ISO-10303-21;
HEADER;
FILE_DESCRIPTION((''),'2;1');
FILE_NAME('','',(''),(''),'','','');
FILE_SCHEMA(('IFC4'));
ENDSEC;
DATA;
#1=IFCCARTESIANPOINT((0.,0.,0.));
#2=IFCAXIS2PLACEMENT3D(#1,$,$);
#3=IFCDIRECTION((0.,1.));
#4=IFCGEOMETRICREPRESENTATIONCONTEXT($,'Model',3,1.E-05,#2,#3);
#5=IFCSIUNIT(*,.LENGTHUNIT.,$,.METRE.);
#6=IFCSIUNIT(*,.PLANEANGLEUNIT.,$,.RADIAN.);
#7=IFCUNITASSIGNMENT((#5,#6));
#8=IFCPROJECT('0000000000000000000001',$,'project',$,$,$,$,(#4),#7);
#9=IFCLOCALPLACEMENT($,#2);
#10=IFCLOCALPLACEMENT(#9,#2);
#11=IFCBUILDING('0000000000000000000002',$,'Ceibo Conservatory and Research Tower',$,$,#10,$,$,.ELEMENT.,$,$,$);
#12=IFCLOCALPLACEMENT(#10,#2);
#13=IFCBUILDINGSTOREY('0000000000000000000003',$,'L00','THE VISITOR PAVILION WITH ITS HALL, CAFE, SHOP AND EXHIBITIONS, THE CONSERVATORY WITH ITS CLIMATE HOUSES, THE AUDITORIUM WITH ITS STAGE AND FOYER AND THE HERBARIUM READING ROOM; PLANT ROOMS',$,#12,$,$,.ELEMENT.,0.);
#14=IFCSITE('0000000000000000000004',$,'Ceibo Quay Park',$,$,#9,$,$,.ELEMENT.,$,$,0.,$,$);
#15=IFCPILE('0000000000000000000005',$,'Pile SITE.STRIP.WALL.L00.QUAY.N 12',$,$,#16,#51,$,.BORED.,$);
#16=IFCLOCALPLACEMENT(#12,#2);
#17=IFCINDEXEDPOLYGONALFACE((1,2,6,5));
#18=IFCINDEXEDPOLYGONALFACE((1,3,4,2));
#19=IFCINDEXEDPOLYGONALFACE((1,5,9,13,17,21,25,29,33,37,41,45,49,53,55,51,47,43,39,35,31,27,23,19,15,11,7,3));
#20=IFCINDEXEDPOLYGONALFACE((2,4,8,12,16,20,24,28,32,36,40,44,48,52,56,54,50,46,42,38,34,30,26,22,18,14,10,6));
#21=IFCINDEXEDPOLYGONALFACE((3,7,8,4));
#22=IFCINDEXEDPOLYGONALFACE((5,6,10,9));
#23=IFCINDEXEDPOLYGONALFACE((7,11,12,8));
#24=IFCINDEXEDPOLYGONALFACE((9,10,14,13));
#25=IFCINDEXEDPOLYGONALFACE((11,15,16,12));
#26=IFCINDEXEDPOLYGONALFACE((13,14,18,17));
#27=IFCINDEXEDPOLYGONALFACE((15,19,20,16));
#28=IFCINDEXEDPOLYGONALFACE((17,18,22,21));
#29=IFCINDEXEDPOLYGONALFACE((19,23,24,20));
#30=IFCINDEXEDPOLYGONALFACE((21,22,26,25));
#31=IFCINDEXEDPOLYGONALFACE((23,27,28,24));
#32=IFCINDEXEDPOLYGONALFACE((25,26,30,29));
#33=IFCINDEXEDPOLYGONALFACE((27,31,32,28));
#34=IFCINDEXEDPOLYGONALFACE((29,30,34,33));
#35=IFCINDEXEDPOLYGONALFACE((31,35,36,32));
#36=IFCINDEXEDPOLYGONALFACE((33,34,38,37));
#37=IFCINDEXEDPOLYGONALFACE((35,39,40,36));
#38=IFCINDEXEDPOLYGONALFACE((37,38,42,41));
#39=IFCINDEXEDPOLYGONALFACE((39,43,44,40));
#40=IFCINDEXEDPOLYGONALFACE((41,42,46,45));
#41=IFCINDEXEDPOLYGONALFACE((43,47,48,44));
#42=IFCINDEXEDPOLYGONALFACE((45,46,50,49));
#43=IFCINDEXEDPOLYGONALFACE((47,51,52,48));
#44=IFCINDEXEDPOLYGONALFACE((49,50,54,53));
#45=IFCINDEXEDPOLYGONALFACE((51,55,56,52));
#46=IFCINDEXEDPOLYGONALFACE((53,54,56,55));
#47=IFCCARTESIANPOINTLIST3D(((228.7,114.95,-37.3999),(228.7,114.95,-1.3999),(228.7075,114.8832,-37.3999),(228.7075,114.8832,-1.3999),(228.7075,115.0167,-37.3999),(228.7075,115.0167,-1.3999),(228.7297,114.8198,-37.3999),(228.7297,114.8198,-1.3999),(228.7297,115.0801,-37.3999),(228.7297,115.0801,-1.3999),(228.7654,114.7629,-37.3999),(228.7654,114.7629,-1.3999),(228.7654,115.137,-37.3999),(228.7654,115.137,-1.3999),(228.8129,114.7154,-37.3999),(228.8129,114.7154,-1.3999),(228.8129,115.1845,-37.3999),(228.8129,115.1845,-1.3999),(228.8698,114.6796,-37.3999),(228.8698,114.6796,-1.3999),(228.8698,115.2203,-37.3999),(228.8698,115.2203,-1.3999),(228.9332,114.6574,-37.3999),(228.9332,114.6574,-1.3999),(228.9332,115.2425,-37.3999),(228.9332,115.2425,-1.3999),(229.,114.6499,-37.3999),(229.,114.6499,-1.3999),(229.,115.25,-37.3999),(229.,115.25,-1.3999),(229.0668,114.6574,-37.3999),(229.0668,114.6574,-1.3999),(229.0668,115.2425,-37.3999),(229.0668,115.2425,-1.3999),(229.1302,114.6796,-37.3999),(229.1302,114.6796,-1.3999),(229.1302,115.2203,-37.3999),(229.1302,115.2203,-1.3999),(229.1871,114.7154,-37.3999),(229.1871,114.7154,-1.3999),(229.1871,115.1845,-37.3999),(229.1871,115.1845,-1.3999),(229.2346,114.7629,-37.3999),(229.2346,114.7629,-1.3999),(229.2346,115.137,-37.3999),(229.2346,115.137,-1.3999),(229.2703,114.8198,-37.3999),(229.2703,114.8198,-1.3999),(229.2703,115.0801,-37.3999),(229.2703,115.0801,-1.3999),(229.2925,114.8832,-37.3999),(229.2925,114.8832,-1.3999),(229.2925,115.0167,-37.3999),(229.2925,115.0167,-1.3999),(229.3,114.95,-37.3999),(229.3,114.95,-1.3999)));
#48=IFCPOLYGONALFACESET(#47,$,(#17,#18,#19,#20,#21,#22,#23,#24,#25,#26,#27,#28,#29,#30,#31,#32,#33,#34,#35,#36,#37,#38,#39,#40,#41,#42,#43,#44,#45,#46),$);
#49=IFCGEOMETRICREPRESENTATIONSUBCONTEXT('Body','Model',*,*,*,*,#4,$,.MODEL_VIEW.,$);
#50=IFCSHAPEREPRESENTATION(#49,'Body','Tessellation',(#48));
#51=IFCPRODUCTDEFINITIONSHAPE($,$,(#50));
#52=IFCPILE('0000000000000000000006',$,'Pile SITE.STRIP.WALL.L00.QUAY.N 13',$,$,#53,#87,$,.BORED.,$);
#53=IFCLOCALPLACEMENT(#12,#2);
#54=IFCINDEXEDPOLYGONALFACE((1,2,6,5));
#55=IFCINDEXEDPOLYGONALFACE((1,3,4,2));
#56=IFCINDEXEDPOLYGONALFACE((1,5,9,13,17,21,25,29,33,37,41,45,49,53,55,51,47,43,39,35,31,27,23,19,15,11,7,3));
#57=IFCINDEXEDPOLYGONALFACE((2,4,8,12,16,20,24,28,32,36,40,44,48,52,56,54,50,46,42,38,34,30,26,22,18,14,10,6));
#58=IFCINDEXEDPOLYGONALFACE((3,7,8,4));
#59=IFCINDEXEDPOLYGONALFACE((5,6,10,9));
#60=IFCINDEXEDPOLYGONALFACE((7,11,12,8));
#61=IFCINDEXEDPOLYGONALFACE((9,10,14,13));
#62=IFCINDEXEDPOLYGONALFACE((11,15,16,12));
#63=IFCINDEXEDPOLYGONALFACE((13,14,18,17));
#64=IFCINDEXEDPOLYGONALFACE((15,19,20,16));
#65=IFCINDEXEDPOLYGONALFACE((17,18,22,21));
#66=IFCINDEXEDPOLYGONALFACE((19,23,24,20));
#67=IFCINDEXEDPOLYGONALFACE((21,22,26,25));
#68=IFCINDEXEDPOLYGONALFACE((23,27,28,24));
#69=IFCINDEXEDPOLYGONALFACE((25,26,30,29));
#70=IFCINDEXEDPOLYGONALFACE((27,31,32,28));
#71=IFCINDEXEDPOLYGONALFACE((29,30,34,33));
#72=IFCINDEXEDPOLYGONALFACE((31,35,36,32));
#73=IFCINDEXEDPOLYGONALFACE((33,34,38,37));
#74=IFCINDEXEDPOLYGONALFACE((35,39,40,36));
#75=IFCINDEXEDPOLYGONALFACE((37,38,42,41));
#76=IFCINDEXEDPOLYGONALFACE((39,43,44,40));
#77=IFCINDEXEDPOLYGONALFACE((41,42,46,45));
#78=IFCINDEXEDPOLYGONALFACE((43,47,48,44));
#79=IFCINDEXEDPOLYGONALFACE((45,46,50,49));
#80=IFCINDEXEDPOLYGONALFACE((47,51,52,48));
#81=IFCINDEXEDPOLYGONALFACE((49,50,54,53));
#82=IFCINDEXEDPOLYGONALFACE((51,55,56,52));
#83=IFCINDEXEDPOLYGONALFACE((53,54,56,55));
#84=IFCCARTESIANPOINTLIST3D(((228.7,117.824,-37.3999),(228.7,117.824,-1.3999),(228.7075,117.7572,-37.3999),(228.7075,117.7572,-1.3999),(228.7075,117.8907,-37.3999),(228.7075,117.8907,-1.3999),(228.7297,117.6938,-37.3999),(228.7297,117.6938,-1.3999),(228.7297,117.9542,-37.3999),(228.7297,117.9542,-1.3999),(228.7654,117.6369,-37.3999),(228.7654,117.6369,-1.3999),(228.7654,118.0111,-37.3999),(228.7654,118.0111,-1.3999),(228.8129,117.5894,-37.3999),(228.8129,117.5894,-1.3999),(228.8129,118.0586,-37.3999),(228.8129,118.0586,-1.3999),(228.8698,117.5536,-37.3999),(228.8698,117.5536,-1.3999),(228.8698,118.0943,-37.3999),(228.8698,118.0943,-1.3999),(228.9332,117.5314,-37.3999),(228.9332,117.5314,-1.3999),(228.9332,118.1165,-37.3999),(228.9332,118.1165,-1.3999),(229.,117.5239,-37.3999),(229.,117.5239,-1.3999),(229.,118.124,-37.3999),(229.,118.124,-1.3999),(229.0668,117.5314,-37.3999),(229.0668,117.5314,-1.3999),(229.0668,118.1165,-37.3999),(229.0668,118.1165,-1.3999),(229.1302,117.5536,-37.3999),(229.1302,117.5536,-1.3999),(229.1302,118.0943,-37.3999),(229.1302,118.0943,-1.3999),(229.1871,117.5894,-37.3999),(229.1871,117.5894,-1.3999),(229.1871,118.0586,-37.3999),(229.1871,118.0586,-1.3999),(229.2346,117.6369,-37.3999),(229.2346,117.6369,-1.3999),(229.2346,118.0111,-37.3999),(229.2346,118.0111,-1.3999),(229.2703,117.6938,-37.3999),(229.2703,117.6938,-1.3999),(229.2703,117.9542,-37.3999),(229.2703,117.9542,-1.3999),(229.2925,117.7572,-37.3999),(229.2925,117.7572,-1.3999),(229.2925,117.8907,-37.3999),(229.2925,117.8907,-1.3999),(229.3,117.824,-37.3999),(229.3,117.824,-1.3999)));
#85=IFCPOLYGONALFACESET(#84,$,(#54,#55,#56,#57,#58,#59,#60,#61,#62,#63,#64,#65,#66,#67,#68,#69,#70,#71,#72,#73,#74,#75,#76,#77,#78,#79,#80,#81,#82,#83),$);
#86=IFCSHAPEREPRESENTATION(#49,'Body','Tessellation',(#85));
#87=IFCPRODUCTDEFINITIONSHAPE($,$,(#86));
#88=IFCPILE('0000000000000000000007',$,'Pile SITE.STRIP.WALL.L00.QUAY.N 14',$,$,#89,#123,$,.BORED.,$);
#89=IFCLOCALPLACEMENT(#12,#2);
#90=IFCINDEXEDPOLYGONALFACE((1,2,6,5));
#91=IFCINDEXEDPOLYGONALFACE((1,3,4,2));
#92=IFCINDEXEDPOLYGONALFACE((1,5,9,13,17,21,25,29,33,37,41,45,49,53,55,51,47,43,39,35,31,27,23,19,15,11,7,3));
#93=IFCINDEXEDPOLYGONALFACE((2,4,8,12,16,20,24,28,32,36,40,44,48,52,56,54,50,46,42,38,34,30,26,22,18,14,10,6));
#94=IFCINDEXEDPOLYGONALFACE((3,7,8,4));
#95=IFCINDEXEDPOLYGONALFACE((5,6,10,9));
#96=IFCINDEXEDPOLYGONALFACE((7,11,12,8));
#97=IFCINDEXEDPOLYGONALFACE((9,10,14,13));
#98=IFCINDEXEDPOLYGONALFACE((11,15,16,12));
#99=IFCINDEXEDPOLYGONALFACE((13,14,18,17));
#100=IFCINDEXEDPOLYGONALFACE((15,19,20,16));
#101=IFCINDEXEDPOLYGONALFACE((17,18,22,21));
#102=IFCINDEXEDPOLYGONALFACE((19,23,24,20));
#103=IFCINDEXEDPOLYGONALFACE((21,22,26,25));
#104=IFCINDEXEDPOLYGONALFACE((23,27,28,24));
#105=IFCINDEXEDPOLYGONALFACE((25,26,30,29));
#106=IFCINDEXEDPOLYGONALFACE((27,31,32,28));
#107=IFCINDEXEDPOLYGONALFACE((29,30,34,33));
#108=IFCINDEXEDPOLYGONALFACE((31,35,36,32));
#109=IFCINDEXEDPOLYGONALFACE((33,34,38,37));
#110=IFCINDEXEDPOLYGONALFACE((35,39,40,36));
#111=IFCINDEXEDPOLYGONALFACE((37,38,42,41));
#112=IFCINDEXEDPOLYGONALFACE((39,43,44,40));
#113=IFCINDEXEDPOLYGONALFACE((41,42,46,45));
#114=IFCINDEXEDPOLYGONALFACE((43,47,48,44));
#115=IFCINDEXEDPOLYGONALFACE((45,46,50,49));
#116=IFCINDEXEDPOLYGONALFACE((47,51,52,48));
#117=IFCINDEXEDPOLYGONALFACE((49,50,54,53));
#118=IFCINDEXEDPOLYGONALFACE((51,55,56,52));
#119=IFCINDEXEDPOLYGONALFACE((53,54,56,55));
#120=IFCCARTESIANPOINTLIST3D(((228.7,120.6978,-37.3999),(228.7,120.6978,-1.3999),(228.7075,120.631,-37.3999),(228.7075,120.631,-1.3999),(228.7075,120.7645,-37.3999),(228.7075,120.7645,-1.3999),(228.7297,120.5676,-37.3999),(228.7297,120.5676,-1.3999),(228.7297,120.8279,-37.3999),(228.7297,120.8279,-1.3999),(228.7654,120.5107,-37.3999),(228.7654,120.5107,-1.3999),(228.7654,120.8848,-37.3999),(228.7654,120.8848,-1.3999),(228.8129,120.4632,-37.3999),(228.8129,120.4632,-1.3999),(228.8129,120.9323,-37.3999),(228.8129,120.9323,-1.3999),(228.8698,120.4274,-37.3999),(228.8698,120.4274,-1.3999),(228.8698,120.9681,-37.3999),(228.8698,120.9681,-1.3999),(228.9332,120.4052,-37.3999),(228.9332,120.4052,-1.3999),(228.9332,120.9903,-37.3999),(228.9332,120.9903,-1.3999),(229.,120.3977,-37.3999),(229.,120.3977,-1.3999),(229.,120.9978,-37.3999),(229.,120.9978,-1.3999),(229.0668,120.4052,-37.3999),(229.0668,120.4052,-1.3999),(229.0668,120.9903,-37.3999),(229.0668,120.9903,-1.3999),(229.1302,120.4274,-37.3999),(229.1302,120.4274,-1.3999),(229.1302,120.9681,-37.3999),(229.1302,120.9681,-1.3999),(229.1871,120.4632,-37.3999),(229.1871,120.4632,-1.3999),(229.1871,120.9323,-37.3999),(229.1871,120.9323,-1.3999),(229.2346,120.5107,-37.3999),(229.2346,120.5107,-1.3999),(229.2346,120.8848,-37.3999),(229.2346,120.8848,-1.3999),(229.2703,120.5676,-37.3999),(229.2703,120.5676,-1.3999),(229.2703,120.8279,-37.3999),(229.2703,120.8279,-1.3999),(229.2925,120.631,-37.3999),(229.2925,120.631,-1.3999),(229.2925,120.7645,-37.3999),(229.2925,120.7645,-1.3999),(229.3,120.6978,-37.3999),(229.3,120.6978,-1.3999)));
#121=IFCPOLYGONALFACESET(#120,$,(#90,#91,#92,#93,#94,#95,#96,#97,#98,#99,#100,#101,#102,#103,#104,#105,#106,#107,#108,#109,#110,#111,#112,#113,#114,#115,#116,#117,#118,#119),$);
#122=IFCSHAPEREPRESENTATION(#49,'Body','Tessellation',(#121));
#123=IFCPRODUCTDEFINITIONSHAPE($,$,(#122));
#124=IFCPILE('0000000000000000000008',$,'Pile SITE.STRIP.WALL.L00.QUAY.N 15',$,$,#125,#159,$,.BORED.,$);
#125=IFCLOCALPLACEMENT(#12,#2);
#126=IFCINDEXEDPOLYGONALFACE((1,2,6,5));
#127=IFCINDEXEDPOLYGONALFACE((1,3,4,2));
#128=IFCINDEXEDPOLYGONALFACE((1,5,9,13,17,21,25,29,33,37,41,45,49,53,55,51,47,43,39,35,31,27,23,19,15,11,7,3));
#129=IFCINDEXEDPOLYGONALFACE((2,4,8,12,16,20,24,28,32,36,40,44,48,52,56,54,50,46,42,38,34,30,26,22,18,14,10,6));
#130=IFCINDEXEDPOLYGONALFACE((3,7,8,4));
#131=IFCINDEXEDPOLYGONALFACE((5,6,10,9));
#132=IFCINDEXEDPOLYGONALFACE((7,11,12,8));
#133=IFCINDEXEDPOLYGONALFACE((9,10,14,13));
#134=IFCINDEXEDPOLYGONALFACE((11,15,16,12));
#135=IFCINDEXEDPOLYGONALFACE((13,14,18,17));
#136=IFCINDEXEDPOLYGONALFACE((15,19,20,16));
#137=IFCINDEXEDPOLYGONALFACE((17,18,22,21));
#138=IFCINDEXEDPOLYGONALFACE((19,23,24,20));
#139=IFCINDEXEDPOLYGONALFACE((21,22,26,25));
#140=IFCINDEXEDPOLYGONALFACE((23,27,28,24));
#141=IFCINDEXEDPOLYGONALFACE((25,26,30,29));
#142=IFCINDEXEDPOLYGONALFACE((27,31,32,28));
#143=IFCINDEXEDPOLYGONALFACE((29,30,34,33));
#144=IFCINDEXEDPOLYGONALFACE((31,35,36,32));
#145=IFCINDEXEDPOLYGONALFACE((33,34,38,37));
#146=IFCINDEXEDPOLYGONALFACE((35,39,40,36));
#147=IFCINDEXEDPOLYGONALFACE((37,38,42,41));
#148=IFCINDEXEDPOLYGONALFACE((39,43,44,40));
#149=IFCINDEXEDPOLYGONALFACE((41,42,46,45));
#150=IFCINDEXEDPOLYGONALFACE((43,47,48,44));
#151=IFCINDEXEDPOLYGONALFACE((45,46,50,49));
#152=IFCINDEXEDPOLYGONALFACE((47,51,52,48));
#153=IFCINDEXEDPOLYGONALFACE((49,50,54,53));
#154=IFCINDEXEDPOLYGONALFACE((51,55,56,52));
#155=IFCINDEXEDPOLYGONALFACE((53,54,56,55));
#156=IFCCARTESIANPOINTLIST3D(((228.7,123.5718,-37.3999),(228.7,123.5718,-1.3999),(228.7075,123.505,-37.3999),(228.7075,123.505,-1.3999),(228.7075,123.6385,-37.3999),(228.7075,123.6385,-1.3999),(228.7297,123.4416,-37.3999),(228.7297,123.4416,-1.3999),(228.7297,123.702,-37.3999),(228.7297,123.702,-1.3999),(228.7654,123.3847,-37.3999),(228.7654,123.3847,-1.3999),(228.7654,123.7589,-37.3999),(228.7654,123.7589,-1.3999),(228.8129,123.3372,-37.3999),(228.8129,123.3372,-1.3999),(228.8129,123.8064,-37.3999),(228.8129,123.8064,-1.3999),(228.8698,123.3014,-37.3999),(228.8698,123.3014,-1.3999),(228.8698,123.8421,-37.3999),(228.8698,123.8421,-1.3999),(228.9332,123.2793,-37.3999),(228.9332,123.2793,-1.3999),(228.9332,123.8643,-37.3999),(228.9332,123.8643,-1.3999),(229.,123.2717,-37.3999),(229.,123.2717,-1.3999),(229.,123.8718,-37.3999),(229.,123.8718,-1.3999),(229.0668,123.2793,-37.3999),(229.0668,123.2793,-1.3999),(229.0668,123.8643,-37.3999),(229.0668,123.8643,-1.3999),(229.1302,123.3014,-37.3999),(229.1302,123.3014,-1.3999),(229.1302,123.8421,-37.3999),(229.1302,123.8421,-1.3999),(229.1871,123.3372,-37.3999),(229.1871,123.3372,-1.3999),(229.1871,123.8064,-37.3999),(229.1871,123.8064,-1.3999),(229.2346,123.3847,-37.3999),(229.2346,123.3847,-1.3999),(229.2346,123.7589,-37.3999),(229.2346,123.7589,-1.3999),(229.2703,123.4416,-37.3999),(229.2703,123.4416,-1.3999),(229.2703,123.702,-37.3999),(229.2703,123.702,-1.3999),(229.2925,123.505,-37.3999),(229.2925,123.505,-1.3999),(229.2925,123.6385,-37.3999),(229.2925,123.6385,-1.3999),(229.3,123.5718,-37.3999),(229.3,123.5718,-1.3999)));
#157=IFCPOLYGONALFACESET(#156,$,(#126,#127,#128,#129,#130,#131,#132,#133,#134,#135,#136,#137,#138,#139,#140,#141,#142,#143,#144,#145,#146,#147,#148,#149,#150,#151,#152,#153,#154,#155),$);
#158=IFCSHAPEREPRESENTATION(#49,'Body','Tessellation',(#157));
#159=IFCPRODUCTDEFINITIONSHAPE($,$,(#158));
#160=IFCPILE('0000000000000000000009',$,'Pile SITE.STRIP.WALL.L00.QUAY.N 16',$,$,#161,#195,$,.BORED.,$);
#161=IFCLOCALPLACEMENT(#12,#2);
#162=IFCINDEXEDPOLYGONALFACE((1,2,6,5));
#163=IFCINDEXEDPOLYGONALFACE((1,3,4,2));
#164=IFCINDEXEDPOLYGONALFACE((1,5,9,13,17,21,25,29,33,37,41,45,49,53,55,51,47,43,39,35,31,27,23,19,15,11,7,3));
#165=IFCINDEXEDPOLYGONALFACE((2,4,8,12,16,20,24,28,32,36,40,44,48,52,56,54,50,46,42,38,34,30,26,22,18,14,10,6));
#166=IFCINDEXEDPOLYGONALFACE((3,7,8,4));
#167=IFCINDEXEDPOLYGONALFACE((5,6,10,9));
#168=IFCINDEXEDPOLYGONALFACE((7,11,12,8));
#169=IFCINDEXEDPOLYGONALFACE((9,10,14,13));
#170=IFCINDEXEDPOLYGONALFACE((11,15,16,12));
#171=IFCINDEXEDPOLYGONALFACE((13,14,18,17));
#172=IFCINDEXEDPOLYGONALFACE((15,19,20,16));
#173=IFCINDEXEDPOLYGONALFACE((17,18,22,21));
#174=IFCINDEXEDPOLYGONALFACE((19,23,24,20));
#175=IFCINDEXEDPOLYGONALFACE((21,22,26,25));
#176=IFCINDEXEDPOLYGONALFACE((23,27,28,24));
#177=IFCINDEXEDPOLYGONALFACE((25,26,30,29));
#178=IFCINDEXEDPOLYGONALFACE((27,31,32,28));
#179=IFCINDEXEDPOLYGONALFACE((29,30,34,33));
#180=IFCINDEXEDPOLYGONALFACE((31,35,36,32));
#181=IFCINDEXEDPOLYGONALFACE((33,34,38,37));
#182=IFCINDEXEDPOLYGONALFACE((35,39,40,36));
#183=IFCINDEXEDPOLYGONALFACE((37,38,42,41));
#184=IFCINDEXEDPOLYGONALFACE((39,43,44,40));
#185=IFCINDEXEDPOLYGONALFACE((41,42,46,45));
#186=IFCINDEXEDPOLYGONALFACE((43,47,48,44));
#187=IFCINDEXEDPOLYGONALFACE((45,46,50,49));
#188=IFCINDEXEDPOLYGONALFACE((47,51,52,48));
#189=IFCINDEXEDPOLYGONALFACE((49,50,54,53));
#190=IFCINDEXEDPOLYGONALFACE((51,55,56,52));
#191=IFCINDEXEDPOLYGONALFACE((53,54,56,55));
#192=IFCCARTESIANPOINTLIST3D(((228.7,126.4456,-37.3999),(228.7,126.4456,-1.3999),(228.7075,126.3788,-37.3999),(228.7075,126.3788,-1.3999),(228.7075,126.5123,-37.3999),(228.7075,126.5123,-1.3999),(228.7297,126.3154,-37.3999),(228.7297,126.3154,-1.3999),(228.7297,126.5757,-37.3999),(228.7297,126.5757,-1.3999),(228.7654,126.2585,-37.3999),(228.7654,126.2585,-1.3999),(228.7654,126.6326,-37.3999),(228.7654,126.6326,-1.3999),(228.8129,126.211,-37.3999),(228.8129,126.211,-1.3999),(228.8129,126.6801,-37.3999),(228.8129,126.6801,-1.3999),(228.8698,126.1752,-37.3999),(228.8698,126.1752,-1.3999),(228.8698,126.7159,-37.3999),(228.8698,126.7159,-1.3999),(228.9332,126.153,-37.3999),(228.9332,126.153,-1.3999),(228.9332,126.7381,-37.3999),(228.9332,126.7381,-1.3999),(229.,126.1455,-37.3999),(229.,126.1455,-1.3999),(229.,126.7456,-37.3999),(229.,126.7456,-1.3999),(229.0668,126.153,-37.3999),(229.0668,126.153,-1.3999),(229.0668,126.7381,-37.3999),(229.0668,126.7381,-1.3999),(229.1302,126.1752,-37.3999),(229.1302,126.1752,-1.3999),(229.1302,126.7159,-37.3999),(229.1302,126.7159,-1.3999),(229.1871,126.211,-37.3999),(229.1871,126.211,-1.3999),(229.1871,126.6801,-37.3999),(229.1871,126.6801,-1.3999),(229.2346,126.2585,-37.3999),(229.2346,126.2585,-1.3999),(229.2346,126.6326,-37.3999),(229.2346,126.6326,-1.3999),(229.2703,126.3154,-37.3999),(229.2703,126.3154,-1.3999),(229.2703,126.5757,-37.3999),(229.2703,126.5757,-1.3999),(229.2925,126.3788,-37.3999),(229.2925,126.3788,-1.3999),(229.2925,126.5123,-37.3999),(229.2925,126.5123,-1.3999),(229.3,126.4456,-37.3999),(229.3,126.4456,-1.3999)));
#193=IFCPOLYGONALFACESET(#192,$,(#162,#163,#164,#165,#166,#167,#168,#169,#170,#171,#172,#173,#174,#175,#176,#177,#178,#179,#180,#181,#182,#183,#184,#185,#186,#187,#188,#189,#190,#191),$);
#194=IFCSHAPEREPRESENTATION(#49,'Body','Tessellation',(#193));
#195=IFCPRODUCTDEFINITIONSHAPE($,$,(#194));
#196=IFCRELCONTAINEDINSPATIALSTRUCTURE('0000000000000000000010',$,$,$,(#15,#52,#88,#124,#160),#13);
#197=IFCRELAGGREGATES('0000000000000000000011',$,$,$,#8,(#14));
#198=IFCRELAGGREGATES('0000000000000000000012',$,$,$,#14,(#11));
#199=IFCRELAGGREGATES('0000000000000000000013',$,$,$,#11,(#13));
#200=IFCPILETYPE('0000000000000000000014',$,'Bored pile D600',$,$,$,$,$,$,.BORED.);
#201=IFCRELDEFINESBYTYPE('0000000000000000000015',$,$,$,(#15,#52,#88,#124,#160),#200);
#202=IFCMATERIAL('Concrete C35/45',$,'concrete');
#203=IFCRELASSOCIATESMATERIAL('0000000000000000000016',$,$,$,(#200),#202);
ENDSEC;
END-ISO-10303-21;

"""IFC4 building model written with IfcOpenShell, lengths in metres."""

from ifc_helpers import new_model, si_unit, direction, frame, origin, origin_2d, place, context, subcontext, project, spatial, circle, extrude, material, material_profile, profile_set, type_object, element, save


model = new_model("IFC4")

# Units and contexts
model_context = context("Model", 3, precision=1e-05, world=origin(), true_north=direction((0.0, 1.0)))
body_context = subcontext(model_context, "Body", "Model", "MODEL_VIEW")
ifc_project = project(units=[si_unit("LENGTHUNIT", "METRE"), si_unit("PLANEANGLEUNIT", "RADIAN")], contexts=[model_context])

# Site, building, storey
site_placement = place(None, origin())
site = spatial("IfcSite", under=ifc_project, at=site_placement, Name="Ceibo Quay Park", CompositionType="ELEMENT", RefElevation=0.0)
building_placement = place(site_placement, origin())
building = spatial("IfcBuilding", under=site, at=building_placement, Name="Ceibo Conservatory and Research Tower", CompositionType="ELEMENT")
storey_placement = place(building_placement, origin())
storey = spatial("IfcBuildingStorey", under=building, at=storey_placement, Name="L00", Description="THE VISITOR PAVILION WITH ITS HALL, CAFE, SHOP AND EXHIBITIONS, THE CONSERVATORY WITH ITS CLIMATE HOUSES, THE AUDITORIUM WITH ITS STAGE AND FOYER AND THE HERBARIUM READING ROOM; PLANT ROOMS", CompositionType="ELEMENT", Elevation=0.0)

# Piles
ifc_material = material(Name="Concrete C35/45", Category="concrete")
ifc_material_profile = material_profile(ifc_material, circle(Radius=0.3, at=origin_2d()), Name="RC D600")
ifc_profile_set = profile_set([ifc_material_profile], Name="Concrete C35/45")
pile_type = type_object("IfcPileType", Name="Bored pile D600", PredefinedType="BORED", material=ifc_profile_set)
for number, where, z_axis, x_axis, name in (
    (1, (229.0, 114.95, -1.3999), (0.0, 0.0, -1.0), (1.0, 0.0, 0.0), "Pile SITE.STRIP.WALL.L00.QUAY.N 12"),
    (2, (229.0, 117.824, -1.3999), (0.0, 0.0, -1.0), (1.0, 0.0, 0.0), "Pile SITE.STRIP.WALL.L00.QUAY.N 13"),
    (3, (229.0, 120.6978, -1.3999), (0.0, 0.0, -1.0), (1.0, 0.0, 0.0), "Pile SITE.STRIP.WALL.L00.QUAY.N 14"),
    (4, (229.0, 123.5718, -1.3999), (0.0, 0.0, -1.0), (1.0, 0.0, 0.0), "Pile SITE.STRIP.WALL.L00.QUAY.N 15"),
    (5, (229.0, 126.4456, -1.3999), (0.0, 0.0, -1.0), (1.0, 0.0, 0.0), "Pile SITE.STRIP.WALL.L00.QUAY.N 16"),
):
    element("IfcPile", number, at=place(storey_placement, frame(where, z_axis=z_axis, x_axis=x_axis)), inside=storey, type_object=pile_type, Name=name, PredefinedType="BORED", context=body_context, shape_type="SweptSolid", body=[
        extrude(circle(Radius=0.3, at=origin_2d()), origin(), (0.0, 0.0, 1.0), 36.0),
    ])

save(model, "model.ifc")
